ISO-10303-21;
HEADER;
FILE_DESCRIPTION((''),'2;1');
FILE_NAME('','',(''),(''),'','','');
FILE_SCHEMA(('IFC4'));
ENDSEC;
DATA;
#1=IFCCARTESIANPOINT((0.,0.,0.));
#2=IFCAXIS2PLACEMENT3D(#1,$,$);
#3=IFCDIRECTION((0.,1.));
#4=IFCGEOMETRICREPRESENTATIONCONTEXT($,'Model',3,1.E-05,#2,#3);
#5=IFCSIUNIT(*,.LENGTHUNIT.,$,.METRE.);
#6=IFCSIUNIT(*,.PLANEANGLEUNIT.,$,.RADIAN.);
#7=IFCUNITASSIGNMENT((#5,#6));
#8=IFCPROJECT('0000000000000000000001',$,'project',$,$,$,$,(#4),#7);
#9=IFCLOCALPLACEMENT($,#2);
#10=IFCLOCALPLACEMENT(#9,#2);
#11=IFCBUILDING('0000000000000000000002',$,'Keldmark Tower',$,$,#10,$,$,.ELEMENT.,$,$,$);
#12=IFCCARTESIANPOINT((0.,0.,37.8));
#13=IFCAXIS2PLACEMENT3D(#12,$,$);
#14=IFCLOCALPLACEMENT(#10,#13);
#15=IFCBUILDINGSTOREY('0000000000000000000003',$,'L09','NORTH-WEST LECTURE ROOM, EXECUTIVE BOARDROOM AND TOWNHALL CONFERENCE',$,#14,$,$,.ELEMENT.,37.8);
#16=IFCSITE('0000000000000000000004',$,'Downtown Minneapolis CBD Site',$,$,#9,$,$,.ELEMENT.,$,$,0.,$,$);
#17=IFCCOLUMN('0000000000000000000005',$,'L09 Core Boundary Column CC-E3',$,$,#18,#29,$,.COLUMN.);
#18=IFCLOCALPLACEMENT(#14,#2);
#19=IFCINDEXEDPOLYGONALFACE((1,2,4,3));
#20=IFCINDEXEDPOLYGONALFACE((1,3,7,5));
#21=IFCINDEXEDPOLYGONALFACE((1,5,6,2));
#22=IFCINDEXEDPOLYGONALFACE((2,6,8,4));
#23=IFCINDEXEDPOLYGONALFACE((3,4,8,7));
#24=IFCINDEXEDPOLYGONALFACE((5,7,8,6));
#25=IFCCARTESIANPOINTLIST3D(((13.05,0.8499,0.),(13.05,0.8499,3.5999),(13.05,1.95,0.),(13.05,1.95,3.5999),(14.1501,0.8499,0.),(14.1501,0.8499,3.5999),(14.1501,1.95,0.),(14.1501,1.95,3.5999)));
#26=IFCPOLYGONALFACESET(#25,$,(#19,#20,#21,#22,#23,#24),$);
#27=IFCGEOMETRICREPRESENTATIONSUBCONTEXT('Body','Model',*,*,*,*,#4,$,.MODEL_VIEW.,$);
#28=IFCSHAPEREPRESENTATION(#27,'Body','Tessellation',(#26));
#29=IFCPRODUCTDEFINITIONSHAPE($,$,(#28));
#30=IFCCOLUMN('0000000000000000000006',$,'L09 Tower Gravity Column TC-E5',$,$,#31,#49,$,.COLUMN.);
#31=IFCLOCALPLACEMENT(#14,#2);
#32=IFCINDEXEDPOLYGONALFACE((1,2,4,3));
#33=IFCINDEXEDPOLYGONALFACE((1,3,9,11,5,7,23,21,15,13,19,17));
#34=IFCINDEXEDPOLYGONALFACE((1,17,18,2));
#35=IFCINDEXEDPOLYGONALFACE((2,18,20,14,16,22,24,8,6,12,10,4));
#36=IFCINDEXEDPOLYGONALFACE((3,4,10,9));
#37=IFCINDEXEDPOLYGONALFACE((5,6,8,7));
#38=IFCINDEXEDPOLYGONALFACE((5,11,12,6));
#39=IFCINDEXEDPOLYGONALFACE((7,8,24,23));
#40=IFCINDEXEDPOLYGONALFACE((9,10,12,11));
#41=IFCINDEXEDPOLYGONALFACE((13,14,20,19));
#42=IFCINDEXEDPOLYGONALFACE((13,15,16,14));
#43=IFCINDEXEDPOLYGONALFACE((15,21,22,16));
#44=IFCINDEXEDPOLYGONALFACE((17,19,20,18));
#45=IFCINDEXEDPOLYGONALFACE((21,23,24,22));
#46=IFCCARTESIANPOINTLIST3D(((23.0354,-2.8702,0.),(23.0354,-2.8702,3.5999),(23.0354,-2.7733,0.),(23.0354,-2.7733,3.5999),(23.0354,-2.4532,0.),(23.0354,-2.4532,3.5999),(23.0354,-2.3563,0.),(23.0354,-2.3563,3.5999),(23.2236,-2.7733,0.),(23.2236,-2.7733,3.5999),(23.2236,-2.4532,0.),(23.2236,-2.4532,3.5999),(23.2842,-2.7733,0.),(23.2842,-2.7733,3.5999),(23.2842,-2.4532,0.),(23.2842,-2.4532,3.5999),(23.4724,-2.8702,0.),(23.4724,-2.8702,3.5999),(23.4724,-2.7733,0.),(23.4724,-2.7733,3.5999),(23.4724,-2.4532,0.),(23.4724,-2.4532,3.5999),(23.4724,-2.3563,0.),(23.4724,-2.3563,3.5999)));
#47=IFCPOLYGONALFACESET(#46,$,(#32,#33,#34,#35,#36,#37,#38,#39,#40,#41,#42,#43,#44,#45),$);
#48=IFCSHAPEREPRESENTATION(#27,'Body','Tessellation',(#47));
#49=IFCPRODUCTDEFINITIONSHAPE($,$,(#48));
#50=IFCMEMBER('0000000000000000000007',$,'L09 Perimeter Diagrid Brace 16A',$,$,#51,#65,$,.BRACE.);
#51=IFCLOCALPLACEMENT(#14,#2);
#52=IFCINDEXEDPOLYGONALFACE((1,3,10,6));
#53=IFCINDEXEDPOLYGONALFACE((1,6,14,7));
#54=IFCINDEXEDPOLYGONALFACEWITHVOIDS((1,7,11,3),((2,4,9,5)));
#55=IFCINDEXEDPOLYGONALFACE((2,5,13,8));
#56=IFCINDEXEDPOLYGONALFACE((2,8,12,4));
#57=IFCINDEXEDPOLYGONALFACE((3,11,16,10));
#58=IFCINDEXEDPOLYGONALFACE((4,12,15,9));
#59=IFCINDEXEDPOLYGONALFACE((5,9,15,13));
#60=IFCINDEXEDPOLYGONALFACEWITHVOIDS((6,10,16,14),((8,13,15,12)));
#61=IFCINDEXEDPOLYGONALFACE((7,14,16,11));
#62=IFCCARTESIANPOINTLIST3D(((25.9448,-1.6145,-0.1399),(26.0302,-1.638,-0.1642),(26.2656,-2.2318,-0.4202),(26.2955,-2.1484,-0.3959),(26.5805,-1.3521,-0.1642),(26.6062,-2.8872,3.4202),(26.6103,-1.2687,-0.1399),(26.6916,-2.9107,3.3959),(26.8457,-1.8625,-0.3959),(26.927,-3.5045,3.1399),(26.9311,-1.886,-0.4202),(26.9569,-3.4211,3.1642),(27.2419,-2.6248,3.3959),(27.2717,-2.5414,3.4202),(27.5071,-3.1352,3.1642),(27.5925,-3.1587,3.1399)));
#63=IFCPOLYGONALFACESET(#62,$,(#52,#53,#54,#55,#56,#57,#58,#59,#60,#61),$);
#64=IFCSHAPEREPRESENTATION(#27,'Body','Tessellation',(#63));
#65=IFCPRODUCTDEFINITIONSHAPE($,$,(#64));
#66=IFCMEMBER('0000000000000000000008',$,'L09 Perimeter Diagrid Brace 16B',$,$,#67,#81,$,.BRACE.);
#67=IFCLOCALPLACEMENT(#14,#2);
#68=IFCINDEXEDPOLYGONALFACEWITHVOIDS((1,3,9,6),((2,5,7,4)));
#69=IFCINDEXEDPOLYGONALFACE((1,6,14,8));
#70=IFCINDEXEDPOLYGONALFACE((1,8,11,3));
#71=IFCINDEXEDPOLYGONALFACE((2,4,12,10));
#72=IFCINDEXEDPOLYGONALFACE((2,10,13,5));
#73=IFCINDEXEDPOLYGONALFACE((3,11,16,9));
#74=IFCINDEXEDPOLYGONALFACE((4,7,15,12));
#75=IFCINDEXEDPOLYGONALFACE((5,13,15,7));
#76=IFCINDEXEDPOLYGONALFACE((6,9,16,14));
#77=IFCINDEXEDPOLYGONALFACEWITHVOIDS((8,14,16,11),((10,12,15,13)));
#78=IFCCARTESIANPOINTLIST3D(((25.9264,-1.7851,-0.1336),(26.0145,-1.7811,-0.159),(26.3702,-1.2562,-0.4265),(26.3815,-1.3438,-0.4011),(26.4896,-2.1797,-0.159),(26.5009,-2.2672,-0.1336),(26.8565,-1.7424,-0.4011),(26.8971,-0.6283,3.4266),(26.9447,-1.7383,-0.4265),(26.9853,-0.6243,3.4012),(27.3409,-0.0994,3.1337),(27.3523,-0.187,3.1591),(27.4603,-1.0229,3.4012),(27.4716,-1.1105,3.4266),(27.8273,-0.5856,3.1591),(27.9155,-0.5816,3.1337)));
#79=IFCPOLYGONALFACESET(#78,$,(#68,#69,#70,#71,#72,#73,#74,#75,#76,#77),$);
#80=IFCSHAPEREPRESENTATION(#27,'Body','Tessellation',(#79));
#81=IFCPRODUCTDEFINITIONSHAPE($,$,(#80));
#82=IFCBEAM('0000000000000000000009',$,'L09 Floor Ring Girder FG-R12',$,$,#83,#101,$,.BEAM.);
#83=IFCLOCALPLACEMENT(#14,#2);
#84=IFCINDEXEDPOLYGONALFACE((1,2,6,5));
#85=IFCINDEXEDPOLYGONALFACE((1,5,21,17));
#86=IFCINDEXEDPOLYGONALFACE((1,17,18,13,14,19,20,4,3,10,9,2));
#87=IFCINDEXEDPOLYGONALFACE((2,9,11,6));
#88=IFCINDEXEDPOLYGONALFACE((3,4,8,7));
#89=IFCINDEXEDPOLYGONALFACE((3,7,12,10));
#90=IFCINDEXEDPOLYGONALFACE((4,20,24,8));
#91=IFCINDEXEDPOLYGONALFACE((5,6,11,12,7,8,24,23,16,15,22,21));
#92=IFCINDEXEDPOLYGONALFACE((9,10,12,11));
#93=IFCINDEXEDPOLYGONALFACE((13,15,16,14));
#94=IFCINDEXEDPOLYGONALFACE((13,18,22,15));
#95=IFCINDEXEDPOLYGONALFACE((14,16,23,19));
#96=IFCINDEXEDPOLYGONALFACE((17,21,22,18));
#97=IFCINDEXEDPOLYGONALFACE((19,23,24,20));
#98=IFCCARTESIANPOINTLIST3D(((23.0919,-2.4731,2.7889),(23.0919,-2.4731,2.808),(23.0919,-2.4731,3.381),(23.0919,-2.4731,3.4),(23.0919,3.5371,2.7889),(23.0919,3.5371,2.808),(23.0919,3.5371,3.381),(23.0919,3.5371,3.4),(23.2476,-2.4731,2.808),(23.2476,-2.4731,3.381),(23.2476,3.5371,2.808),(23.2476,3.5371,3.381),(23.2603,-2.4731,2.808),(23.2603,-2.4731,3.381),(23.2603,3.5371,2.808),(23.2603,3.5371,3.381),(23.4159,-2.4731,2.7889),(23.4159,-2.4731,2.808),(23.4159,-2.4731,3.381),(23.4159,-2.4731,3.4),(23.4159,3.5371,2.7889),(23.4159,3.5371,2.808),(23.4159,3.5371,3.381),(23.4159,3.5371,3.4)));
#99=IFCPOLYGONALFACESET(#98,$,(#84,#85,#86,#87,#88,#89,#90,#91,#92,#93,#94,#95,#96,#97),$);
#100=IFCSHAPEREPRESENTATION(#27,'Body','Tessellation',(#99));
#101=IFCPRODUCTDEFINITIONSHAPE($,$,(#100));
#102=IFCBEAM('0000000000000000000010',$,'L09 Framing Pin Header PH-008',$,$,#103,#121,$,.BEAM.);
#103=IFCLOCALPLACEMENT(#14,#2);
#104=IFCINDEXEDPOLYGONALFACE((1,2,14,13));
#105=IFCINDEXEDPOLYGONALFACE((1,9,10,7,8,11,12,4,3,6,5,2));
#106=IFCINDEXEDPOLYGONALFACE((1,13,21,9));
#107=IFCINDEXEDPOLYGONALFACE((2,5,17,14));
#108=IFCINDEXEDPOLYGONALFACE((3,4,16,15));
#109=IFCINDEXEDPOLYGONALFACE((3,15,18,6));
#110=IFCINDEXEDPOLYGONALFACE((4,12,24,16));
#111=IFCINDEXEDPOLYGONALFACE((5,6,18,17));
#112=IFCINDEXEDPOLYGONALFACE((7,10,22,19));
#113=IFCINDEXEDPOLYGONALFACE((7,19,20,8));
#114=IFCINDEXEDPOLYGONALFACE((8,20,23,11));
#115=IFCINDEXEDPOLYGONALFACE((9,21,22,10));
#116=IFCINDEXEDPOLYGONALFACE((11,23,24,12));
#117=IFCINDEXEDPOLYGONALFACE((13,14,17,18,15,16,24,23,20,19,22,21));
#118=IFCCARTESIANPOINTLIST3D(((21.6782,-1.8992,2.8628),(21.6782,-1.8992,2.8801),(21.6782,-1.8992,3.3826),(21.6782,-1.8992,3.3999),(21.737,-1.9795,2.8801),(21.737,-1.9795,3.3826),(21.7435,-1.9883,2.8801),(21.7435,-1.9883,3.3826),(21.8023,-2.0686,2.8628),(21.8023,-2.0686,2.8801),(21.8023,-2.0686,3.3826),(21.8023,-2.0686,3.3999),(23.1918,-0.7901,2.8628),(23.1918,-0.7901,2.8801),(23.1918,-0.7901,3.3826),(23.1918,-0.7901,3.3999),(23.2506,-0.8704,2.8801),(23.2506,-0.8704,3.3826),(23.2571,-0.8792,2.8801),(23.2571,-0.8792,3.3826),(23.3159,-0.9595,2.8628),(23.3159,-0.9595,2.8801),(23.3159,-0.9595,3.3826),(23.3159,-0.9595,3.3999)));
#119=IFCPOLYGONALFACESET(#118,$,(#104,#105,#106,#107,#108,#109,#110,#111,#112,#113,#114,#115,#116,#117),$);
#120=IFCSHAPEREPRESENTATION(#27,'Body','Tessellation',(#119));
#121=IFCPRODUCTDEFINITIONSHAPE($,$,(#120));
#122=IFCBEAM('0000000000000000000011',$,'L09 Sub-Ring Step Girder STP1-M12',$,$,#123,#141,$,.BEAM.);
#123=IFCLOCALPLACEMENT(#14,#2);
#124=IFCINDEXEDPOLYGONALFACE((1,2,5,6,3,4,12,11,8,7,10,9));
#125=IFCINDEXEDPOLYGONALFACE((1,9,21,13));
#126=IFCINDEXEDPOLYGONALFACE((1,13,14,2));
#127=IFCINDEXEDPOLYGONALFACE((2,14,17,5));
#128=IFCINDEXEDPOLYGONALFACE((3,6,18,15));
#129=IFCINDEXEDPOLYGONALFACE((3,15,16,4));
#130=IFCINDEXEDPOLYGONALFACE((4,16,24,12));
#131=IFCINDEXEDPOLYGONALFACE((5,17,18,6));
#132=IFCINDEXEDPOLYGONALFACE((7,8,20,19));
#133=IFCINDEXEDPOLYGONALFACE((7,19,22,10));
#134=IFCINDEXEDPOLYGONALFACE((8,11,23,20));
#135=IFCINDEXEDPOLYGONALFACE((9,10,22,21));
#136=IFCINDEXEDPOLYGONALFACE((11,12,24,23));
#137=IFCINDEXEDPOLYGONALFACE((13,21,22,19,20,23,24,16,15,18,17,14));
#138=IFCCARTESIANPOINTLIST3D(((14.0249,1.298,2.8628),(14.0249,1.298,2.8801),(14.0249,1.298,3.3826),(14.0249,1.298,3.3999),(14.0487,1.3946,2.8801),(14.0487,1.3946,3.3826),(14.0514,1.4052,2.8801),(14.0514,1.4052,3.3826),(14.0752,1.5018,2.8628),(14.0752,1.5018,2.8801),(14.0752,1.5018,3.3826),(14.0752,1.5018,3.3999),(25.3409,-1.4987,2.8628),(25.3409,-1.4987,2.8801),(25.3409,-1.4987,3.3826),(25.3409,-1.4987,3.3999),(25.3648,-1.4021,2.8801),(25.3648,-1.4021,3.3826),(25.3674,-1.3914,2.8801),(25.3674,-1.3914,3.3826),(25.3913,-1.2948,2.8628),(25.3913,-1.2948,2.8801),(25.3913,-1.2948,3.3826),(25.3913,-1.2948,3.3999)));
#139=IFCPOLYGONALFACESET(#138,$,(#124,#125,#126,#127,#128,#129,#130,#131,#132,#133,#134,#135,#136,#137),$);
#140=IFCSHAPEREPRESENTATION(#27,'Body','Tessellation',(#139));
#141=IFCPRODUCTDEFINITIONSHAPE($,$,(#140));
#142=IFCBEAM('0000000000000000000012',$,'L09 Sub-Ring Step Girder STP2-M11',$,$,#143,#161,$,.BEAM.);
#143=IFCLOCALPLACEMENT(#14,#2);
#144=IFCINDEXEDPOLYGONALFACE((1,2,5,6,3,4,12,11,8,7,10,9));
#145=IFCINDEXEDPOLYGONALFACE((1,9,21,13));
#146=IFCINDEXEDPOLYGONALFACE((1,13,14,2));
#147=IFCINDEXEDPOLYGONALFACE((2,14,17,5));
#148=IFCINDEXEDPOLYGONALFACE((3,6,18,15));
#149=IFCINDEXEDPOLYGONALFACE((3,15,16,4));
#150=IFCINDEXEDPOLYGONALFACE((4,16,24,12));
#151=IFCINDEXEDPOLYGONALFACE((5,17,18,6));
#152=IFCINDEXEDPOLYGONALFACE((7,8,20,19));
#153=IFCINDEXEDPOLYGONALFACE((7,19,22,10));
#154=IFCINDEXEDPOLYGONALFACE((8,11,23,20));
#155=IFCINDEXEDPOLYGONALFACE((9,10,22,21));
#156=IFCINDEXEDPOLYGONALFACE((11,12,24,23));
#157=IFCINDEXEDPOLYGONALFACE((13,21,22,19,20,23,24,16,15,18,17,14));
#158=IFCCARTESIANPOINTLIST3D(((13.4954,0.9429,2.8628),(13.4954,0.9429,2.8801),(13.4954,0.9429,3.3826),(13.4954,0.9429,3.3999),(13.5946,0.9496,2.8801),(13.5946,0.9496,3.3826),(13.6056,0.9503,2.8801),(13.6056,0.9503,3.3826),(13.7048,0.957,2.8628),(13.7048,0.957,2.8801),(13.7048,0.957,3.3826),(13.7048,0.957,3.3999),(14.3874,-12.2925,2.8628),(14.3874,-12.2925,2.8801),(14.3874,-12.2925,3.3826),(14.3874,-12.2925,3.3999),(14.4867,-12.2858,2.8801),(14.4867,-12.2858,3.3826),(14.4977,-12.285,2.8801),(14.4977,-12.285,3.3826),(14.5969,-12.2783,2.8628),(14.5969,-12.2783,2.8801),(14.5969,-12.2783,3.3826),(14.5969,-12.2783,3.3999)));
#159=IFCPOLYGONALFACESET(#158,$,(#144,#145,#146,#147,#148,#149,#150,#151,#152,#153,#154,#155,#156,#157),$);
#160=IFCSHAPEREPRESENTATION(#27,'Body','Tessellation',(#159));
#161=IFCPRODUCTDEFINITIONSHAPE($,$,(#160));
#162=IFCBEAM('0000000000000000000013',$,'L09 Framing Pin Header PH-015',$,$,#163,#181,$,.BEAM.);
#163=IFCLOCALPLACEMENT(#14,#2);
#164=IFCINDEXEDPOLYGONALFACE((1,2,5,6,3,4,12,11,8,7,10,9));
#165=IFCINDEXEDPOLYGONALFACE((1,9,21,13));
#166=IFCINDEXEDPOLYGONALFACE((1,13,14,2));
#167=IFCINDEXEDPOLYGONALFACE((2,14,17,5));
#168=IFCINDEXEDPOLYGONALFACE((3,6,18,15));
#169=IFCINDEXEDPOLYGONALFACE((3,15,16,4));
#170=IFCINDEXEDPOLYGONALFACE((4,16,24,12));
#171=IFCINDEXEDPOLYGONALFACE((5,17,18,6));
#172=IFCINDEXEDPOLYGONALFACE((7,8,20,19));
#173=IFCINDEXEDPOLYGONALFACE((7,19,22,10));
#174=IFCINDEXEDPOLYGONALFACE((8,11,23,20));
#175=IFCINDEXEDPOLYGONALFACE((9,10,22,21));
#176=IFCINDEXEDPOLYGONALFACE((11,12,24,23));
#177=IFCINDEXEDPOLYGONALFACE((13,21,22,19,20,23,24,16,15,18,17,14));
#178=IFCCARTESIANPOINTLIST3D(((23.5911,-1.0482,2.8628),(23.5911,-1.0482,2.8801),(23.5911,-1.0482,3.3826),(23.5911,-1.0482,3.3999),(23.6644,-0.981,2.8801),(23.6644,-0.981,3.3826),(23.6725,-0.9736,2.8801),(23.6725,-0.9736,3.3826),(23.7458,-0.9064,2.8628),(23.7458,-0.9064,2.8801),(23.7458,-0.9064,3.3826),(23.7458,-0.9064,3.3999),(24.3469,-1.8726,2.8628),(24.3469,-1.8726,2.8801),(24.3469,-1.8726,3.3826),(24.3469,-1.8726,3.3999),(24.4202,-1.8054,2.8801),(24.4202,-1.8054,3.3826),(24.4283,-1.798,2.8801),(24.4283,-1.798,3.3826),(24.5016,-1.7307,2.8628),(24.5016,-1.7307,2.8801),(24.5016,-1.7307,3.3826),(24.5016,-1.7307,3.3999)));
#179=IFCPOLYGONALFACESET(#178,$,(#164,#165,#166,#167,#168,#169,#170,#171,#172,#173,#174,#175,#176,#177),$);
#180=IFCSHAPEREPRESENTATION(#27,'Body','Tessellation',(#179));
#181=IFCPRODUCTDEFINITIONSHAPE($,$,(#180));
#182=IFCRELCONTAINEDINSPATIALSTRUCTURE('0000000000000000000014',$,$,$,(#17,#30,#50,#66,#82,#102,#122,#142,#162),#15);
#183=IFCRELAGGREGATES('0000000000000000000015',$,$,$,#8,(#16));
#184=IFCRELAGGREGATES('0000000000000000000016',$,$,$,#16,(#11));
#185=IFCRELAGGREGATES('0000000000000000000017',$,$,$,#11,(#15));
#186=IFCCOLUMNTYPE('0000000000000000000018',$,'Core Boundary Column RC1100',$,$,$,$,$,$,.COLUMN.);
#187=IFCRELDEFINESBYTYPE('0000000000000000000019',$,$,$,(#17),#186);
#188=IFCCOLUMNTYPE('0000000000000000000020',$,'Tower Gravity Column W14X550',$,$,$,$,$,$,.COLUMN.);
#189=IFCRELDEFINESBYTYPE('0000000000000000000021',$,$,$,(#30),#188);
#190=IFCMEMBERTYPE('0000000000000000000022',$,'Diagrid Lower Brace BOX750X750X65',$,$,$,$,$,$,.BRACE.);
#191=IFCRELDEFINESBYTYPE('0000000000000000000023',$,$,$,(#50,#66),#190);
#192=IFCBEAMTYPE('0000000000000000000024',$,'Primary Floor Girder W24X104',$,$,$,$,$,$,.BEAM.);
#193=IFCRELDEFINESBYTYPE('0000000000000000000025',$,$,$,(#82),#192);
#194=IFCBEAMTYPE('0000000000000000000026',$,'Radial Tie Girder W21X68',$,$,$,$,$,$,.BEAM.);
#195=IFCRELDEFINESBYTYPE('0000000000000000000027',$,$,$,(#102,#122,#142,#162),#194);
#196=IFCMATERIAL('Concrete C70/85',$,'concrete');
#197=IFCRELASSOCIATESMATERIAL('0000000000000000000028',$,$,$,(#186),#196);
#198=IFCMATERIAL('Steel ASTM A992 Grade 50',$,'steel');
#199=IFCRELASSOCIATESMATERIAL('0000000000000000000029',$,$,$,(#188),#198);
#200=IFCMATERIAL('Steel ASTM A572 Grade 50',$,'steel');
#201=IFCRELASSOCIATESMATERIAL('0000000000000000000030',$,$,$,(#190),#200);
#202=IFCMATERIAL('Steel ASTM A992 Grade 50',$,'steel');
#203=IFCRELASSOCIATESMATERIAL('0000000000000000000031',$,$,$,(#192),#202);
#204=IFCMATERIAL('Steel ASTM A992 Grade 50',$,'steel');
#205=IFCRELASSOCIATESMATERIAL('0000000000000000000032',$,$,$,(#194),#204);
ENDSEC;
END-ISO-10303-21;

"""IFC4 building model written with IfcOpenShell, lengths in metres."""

from ifc_helpers import new_model, si_unit, direction, frame, origin, origin_2d, place, context, subcontext, project, spatial, rectangle, hollow_rectangle, i_section, extrude, material, material_profile, profile_set, type_object, element, save


model = new_model("IFC4")

# Units and contexts
model_context = context("Model", 3, precision=1e-05, world=origin(), true_north=direction((0.0, 1.0)))
body_context = subcontext(model_context, "Body", "Model", "MODEL_VIEW")
ifc_project = project(units=[si_unit("LENGTHUNIT", "METRE"), si_unit("PLANEANGLEUNIT", "RADIAN")], contexts=[model_context])

# Site, building, storey
site_placement = place(None, origin())
site = spatial("IfcSite", under=ifc_project, at=site_placement, Name="Downtown Minneapolis CBD Site", CompositionType="ELEMENT", RefElevation=0.0)
building_placement = place(site_placement, origin())
building = spatial("IfcBuilding", under=site, at=building_placement, Name="Keldmark Tower", CompositionType="ELEMENT")
storey_placement = place(building_placement, frame((0.0, 0.0, 37.8)))
storey = spatial("IfcBuildingStorey", under=building, at=storey_placement, Name="L09", Description="NORTH-WEST LECTURE ROOM, EXECUTIVE BOARDROOM AND TOWNHALL CONFERENCE", CompositionType="ELEMENT", Elevation=37.8)

# Columns
ifc_material_1 = material(Name="Concrete C70/85", Category="concrete")
ifc_material_profile_1 = material_profile(ifc_material_1, rectangle(XDim=1.1001, YDim=1.1001, at=origin_2d()), Name="RC1100X1100")
ifc_profile_set_1 = profile_set([ifc_material_profile_1], Name="Concrete C70/85")
column_type_1 = type_object("IfcColumnType", Name="Core Boundary Column RC1100", PredefinedType="COLUMN", material=ifc_profile_set_1)
column_1_placement = place(storey_placement, frame((13.6001, 1.3999, 0.0), z_axis=(0.0, 0.0, 1.0), x_axis=(1.0, 0.0, 0.0)))
element("IfcColumn", 1, at=column_1_placement, inside=storey, type_object=column_type_1, Name="L09 Core Boundary Column CC-E3", PredefinedType="COLUMN", context=body_context, shape_type="SweptSolid", body=[
    extrude(rectangle(XDim=1.1001, YDim=1.1001, at=origin_2d()), origin(), (0.0, 0.0, 1.0), 3.5999),
])
ifc_material_2 = material(Name="Steel ASTM A992 Grade 50", Category="steel")
ifc_material_profile_2 = material_profile(ifc_material_2, i_section(OverallWidth=0.437, OverallDepth=0.5139, WebThickness=0.0605, FlangeThickness=0.0969, at=origin_2d()), Name="W14X550")
ifc_profile_set_2 = profile_set([ifc_material_profile_2], Name="Steel ASTM A992 Grade 50")
column_type_2 = type_object("IfcColumnType", Name="Tower Gravity Column W14X550", PredefinedType="COLUMN", material=ifc_profile_set_2)
column_2_placement = place(storey_placement, frame((23.2539, -2.6133, 0.0), z_axis=(0.0, 0.0, 1.0), x_axis=(1.0, 0.0, 0.0)))
element("IfcColumn", 2, at=column_2_placement, inside=storey, type_object=column_type_2, Name="L09 Tower Gravity Column TC-E5", PredefinedType="COLUMN", context=body_context, shape_type="SweptSolid", body=[
    extrude(i_section(OverallWidth=0.437, OverallDepth=0.5139, WebThickness=0.0605, FlangeThickness=0.0969, at=origin_2d()), origin(), (0.0, 0.0, 1.0), 3.5999),
])

# Members
ifc_material_3 = material(Name="Steel ASTM A572 Grade 50", Category="steel")
ifc_material_profile_3 = material_profile(ifc_material_3, hollow_rectangle(XDim=0.75, YDim=0.75, WallThickness=0.0649, at=origin_2d()), Name="BOX750X750X65")
ifc_profile_set_3 = profile_set([ifc_material_profile_3], Name="Steel ASTM A572 Grade 50")
member_type = type_object("IfcMemberType", Name="Diagrid Lower Brace BOX750X750X65", PredefinedType="BRACE", material=ifc_profile_set_3)
member_1_placement = place(storey_placement, frame((26.438, -1.7502, -0.28), z_axis=(0.172318, -0.331595, 0.927551), x_axis=(0.887339, 0.461117, 0.0)))
element("IfcMember", 3, at=member_1_placement, inside=storey, type_object=member_type, Name="L09 Perimeter Diagrid Brace 16A", PredefinedType="BRACE", context=body_context, shape_type="SweptSolid", body=[
    extrude(hollow_rectangle(XDim=0.75, YDim=0.75, WallThickness=0.0649, at=origin_2d()), origin(), (0.0, 0.0, 1.0), 3.8381),
])
member_2_placement = place(storey_placement, frame((26.4355, -1.7617, -0.28), z_axis=(0.251017, 0.299124, 0.920606), x_axis=(-0.766017, 0.64282, 0.0)))
element("IfcMember", 4, at=member_2_placement, inside=storey, type_object=member_type, Name="L09 Perimeter Diagrid Brace 16B", PredefinedType="BRACE", context=body_context, shape_type="SweptSolid", body=[
    extrude(hollow_rectangle(XDim=0.75, YDim=0.75, WallThickness=0.0649, at=origin_2d()), origin(), (0.0, 0.0, 1.0), 3.8672),
])

# Beams
ifc_material_4 = material(Name="Steel ASTM A992 Grade 50", Category="steel")
ifc_material_profile_4 = material_profile(ifc_material_4, i_section(OverallWidth=0.324, OverallDepth=0.6111, WebThickness=0.0127, FlangeThickness=0.019, at=origin_2d()), Name="W24X104")
ifc_profile_set_4 = profile_set([ifc_material_profile_4], Name="Steel ASTM A992 Grade 50")
beam_type_1 = type_object("IfcBeamType", Name="Primary Floor Girder W24X104", PredefinedType="BEAM", material=ifc_profile_set_4)
beam_1_placement = place(storey_placement, frame((23.2539, -2.4731, 3.0945), z_axis=(0.0, 1.0, 0.0), x_axis=(-1.0, 0.0, 0.0)))
element("IfcBeam", 5, at=beam_1_placement, inside=storey, type_object=beam_type_1, Name="L09 Floor Ring Girder FG-R12", PredefinedType="BEAM", context=body_context, shape_type="SweptSolid", body=[
    extrude(i_section(OverallWidth=0.324, OverallDepth=0.6111, WebThickness=0.0127, FlangeThickness=0.019, at=origin_2d()), origin(), (0.0, 0.0, 1.0), 6.0103),
])
ifc_material_5 = material(Name="Steel ASTM A992 Grade 50", Category="steel")
ifc_material_profile_5 = material_profile(ifc_material_5, i_section(OverallWidth=0.21, OverallDepth=0.5371, WebThickness=0.011, FlangeThickness=0.0173, at=origin_2d()), Name="W21X68")
ifc_profile_set_5 = profile_set([ifc_material_profile_5], Name="Steel ASTM A992 Grade 50")
beam_type_2 = type_object("IfcBeamType", Name="Radial Tie Girder W21X68", PredefinedType="BEAM", material=ifc_profile_set_5)
beam_2_placement = place(storey_placement, frame((21.7402, -1.9839, 3.1313), z_axis=(0.806632, 0.591053, 0.0), x_axis=(-0.591053, 0.806632, 0.0)))
element("IfcBeam", 6, at=beam_2_placement, inside=storey, type_object=beam_type_2, Name="L09 Framing Pin Header PH-008", PredefinedType="BEAM", context=body_context, shape_type="SweptSolid", body=[
    extrude(i_section(OverallWidth=0.21, OverallDepth=0.5371, WebThickness=0.011, FlangeThickness=0.0173, at=origin_2d()), origin(), (0.0, 0.0, 1.0), 1.8765),
])
beam_3_placement = place(storey_placement, frame((14.05, 1.3999, 3.1313), z_axis=(0.970792, -0.239923, 0.0), x_axis=(0.239923, 0.970792, 0.0)))
element("IfcBeam", 7, at=beam_3_placement, inside=storey, type_object=beam_type_2, Name="L09 Sub-Ring Step Girder STP1-M12", PredefinedType="BEAM", context=body_context, shape_type="SweptSolid", body=[
    extrude(i_section(OverallWidth=0.21, OverallDepth=0.5371, WebThickness=0.011, FlangeThickness=0.0173, at=origin_2d()), origin(), (0.0, 0.0, 1.0), 11.6565),
])
beam_4_placement = place(storey_placement, frame((13.6001, 0.95, 3.1313), z_axis=(0.067249, -0.997736, 0.0), x_axis=(0.997736, 0.067249, 0.0)))
element("IfcBeam", 8, at=beam_4_placement, inside=storey, type_object=beam_type_2, Name="L09 Sub-Ring Step Girder STP2-M11", PredefinedType="BEAM", context=body_context, shape_type="SweptSolid", body=[
    extrude(i_section(OverallWidth=0.21, OverallDepth=0.5371, WebThickness=0.011, FlangeThickness=0.0173, at=origin_2d()), origin(), (0.0, 0.0, 1.0), 13.2654),
])
beam_5_placement = place(storey_placement, frame((23.6685, -0.9773, 3.1313), z_axis=(0.675774, -0.737109, 0.0), x_axis=(0.737109, 0.675774, 0.0)))
element("IfcBeam", 9, at=beam_5_placement, inside=storey, type_object=beam_type_2, Name="L09 Framing Pin Header PH-015", PredefinedType="BEAM", context=body_context, shape_type="SweptSolid", body=[
    extrude(i_section(OverallWidth=0.21, OverallDepth=0.5371, WebThickness=0.011, FlangeThickness=0.0173, at=origin_2d()), origin(), (0.0, 0.0, 1.0), 1.1184),
])

save(model, "model.ifc")
